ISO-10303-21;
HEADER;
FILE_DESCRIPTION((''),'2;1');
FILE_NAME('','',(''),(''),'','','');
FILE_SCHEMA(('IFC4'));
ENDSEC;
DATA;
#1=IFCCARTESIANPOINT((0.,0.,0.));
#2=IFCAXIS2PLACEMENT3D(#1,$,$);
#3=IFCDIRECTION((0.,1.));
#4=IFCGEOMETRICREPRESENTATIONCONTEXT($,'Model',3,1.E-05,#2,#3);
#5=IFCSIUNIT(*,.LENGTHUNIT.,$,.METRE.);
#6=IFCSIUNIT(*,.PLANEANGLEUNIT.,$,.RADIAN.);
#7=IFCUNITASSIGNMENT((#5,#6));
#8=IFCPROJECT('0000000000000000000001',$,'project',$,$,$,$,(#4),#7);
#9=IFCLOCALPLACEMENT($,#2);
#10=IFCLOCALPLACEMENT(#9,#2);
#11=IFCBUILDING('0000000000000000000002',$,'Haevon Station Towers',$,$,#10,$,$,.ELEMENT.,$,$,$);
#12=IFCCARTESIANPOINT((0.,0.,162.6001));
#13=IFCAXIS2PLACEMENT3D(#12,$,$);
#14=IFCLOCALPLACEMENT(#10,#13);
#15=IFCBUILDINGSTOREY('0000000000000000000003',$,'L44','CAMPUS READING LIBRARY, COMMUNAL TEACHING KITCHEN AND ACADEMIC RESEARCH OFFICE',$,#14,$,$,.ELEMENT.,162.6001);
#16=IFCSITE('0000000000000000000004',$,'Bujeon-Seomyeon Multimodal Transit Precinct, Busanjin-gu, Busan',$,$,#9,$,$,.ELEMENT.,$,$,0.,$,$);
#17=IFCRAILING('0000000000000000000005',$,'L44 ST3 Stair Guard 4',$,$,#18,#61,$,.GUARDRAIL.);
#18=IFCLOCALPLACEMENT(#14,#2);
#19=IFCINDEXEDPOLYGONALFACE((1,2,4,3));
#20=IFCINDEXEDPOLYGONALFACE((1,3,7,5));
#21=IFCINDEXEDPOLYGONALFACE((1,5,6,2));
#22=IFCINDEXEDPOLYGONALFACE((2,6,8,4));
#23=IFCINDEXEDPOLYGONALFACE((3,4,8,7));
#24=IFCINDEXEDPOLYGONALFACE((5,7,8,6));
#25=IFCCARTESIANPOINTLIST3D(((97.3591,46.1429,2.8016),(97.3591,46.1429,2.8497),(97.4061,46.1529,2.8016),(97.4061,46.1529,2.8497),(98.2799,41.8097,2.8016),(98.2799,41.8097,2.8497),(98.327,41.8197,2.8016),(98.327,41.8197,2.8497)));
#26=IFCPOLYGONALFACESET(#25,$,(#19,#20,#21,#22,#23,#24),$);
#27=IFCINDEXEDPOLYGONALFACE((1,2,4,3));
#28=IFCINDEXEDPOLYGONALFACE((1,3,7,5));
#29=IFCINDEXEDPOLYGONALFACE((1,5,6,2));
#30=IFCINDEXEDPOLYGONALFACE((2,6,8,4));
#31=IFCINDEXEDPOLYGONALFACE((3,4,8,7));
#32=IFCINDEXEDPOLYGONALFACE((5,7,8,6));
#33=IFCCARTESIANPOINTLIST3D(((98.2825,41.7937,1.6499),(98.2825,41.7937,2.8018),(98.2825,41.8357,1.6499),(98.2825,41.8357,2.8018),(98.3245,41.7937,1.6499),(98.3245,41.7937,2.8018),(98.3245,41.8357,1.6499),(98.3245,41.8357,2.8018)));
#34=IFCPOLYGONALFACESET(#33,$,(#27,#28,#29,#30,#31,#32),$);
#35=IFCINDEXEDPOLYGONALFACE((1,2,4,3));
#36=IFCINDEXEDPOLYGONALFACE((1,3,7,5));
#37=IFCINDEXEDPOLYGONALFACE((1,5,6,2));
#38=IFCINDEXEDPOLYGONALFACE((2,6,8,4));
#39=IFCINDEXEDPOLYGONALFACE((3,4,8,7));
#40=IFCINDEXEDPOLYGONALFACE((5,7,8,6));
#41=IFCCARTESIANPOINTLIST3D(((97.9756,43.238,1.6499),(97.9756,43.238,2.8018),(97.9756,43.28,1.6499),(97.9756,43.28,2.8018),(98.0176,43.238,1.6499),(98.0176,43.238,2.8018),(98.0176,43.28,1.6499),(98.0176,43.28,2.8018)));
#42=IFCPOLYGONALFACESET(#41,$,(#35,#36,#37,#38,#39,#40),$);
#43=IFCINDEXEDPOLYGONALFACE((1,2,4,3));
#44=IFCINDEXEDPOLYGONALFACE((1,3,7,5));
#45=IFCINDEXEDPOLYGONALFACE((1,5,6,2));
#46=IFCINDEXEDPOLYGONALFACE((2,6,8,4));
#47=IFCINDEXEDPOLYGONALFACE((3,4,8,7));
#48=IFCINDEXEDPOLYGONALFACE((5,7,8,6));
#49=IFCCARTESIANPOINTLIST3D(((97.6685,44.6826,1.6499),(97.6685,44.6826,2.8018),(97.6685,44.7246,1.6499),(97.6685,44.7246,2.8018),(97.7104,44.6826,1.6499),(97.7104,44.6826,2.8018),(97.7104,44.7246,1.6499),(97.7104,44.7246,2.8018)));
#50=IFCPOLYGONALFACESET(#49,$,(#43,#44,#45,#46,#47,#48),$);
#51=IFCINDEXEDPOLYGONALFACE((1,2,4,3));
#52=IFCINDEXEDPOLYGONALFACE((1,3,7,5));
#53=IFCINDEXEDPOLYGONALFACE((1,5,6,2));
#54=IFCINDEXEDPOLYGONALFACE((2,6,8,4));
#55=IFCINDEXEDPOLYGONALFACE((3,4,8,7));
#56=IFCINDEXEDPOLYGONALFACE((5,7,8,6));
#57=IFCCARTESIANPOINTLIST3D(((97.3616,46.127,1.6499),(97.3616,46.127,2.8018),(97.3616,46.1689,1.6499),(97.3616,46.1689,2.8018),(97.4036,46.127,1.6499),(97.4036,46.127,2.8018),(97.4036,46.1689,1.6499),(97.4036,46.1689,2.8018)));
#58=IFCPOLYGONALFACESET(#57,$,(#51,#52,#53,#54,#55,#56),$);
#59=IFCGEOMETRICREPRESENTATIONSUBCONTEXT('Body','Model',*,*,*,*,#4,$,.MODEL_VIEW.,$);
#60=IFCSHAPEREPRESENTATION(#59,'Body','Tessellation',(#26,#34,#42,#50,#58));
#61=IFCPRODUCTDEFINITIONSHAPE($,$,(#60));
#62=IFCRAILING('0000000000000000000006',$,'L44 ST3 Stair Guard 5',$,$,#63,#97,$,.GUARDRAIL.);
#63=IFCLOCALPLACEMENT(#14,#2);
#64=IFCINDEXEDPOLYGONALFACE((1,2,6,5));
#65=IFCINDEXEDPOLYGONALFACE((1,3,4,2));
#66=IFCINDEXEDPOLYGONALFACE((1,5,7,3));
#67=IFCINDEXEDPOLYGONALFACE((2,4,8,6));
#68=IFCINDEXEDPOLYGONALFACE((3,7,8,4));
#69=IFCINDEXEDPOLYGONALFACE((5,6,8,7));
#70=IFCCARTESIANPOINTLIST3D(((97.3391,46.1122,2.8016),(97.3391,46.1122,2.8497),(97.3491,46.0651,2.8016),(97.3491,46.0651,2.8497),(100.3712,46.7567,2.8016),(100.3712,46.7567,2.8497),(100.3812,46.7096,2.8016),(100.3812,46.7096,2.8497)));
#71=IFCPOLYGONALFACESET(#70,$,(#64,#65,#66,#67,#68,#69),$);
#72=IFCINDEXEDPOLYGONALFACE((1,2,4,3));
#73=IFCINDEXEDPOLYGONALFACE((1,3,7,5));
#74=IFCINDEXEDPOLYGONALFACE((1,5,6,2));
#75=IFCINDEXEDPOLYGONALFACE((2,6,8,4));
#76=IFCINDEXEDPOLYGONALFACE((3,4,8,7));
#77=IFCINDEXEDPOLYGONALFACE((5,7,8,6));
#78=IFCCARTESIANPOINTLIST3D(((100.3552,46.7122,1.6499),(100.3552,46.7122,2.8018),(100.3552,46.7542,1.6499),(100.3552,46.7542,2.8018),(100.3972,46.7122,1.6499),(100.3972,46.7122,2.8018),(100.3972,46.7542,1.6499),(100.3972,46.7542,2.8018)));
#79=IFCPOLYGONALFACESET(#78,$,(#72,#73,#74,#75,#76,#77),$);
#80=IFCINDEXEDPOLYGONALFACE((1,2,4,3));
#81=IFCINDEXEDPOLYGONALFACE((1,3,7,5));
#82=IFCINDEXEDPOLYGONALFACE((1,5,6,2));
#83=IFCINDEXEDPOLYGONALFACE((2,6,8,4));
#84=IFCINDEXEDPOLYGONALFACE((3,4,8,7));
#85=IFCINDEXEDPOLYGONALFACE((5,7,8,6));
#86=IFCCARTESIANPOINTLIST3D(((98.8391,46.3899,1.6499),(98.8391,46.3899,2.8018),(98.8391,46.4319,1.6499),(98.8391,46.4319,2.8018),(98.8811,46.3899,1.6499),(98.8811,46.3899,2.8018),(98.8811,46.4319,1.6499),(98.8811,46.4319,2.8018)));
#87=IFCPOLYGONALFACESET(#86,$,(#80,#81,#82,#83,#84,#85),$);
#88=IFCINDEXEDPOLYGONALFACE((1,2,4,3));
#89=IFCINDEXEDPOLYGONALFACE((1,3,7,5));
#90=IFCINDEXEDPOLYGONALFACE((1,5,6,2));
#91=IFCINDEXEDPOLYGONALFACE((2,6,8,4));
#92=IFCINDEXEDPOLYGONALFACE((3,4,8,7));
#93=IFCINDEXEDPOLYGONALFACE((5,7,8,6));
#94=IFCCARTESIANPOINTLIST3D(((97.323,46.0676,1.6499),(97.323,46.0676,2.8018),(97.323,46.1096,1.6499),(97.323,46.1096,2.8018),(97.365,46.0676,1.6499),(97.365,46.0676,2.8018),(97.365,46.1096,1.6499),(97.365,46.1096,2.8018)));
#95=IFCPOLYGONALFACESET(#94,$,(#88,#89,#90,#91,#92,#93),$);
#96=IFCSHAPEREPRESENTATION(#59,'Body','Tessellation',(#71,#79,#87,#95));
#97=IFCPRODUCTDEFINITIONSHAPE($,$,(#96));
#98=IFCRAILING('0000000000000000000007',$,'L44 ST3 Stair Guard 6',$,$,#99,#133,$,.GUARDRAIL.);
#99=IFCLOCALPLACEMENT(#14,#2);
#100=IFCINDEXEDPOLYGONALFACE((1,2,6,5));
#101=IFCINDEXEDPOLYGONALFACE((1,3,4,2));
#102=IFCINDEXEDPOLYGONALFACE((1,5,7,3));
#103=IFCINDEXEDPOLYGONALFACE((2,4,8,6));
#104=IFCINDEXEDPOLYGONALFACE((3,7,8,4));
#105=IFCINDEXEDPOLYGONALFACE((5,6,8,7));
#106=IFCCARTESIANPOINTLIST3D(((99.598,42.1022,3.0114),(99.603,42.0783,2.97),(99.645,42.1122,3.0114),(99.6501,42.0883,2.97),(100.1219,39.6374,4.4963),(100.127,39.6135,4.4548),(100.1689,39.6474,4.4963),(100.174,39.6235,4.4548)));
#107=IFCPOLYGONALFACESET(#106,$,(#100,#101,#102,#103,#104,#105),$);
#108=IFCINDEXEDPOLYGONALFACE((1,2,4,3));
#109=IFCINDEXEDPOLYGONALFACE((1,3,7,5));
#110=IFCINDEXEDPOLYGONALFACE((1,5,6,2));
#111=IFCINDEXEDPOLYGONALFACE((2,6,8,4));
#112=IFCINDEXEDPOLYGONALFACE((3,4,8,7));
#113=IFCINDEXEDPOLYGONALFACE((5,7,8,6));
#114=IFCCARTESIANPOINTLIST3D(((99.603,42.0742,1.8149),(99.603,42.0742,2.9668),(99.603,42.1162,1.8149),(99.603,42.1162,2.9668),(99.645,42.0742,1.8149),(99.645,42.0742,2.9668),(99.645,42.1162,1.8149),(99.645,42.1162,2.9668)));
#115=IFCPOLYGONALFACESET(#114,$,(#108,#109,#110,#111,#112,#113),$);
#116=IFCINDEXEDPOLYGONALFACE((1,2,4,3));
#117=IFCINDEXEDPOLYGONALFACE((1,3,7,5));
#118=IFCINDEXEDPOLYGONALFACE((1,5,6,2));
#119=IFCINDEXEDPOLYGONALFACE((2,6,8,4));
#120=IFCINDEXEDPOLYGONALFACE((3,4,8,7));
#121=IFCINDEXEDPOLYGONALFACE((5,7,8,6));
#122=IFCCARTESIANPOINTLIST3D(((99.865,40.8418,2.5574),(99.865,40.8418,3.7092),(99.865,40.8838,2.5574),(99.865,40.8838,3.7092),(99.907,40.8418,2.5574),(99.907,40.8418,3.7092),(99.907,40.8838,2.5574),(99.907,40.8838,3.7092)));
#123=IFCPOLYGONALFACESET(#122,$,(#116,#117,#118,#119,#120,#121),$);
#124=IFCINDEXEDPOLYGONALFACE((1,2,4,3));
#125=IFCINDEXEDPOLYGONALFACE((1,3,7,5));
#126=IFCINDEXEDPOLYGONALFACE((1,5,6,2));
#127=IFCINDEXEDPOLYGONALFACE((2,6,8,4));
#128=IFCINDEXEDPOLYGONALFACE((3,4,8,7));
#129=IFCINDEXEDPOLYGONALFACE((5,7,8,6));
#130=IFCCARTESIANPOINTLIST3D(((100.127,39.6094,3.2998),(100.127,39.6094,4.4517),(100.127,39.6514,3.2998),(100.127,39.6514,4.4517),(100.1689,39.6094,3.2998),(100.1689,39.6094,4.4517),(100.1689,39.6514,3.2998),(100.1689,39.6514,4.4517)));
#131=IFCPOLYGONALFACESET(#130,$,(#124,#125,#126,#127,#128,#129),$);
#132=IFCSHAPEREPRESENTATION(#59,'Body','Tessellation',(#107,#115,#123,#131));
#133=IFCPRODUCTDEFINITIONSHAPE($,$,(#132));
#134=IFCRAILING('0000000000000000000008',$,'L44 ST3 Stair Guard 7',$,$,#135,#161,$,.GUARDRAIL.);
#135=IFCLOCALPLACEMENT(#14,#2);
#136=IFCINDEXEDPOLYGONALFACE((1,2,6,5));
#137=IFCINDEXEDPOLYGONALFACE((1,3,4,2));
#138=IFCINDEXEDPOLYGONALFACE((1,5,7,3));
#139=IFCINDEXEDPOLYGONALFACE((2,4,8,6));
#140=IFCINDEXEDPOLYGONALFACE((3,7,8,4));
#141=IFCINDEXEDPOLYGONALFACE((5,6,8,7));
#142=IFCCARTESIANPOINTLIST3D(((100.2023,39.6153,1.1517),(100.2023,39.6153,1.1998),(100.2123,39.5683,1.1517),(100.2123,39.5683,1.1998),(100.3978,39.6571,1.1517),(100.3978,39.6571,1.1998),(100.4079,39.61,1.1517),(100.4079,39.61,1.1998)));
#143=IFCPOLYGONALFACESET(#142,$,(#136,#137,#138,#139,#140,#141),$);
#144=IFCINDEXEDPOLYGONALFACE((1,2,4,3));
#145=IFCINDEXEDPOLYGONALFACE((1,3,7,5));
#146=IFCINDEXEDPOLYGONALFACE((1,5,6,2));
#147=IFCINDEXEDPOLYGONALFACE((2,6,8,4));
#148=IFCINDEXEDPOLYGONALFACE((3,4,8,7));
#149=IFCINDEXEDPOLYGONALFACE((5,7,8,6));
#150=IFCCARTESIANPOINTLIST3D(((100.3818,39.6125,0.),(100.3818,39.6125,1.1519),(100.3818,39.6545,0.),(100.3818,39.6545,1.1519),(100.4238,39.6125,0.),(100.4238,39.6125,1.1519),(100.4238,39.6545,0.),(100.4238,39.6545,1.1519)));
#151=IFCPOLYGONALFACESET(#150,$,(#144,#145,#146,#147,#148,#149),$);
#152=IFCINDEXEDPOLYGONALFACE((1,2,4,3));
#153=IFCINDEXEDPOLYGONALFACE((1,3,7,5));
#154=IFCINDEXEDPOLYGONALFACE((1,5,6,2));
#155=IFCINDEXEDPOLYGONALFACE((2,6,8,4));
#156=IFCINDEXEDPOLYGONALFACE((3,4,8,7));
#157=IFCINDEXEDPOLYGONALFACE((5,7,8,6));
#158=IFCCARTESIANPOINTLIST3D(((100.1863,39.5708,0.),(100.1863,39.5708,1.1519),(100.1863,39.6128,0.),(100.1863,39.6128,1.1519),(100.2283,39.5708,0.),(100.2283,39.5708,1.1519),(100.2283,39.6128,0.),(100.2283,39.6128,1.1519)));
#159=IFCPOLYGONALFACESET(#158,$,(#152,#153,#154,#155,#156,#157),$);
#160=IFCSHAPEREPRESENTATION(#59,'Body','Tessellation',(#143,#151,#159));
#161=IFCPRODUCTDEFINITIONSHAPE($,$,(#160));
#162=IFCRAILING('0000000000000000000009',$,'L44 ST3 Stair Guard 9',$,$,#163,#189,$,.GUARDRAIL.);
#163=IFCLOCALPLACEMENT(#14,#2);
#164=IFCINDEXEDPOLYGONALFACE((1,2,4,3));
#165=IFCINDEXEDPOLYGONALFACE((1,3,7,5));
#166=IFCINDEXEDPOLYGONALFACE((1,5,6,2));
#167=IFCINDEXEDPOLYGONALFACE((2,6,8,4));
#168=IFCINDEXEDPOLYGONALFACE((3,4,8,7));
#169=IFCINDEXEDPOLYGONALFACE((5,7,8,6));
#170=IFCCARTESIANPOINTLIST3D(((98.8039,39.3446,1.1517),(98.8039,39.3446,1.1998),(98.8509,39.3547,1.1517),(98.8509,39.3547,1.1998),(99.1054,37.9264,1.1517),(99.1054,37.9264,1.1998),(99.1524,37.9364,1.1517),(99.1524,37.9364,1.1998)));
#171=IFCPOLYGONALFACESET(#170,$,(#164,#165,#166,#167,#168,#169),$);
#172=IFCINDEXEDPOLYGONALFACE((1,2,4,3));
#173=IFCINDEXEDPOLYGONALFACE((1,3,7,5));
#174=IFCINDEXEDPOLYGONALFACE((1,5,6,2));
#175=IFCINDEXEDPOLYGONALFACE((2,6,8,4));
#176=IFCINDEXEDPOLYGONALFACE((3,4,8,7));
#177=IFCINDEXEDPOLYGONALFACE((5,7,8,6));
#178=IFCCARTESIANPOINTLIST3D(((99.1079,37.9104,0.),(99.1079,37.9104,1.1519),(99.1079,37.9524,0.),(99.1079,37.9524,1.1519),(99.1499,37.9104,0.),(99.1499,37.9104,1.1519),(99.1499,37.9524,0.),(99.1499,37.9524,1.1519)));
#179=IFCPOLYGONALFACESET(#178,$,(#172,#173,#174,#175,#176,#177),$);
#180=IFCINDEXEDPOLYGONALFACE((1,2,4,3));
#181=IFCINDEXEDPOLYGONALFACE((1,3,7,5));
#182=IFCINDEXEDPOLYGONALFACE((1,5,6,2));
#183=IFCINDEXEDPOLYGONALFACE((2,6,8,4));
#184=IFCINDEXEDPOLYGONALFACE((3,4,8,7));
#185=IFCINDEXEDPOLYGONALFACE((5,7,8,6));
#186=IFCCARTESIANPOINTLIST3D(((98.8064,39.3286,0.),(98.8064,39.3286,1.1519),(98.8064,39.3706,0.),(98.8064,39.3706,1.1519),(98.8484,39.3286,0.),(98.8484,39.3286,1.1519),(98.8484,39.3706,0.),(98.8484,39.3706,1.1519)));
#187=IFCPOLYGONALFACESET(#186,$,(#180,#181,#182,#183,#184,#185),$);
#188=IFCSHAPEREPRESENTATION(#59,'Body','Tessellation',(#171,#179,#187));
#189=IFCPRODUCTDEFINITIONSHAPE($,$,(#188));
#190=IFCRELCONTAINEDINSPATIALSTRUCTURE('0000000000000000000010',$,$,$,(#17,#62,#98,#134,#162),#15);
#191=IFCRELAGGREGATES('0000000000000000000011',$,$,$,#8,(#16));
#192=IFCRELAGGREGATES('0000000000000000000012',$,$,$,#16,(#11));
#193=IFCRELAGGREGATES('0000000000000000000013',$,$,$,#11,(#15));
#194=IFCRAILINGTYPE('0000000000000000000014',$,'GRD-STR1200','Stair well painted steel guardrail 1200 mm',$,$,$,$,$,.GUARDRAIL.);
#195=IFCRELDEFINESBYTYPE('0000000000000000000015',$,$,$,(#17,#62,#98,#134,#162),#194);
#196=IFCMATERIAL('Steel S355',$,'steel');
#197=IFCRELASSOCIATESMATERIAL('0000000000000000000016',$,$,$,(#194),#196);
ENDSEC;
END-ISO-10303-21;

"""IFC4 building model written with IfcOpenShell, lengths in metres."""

from ifc_helpers import new_model, si_unit, direction, frame, origin, origin_2d, place, context, subcontext, project, spatial, rectangle, extrude, material, type_object, element, save


model = new_model("IFC4")

# Units and contexts
model_context = context("Model", 3, precision=1e-05, world=origin(), true_north=direction((0.0, 1.0)))
body_context = subcontext(model_context, "Body", "Model", "MODEL_VIEW")
ifc_project = project(units=[si_unit("LENGTHUNIT", "METRE"), si_unit("PLANEANGLEUNIT", "RADIAN")], contexts=[model_context])

# Site, building, storey
site_placement = place(None, origin())
site = spatial("IfcSite", under=ifc_project, at=site_placement, Name="Bujeon-Seomyeon Multimodal Transit Precinct, Busanjin-gu, Busan", CompositionType="ELEMENT", RefElevation=0.0)
building_placement = place(site_placement, origin())
building = spatial("IfcBuilding", under=site, at=building_placement, Name="Haevon Station Towers", CompositionType="ELEMENT")
storey_placement = place(building_placement, frame((0.0, 0.0, 162.6001)))
storey = spatial("IfcBuildingStorey", under=building, at=storey_placement, Name="L44", Description="CAMPUS READING LIBRARY, COMMUNAL TEACHING KITCHEN AND ACADEMIC RESEARCH OFFICE", CompositionType="ELEMENT", Elevation=162.6001)

# Shared definitions
ifc_material_1 = material(Name="Steel S355", Category="steel")

# Railings
railing_type_1 = type_object("IfcRailingType", Name="GRD-STR1200", Description="Stair well painted steel guardrail 1200 mm", PredefinedType="GUARDRAIL", material=ifc_material_1)
railing_1_placement = place(storey_placement, frame((98.3035, 41.8147, 1.6499)))
element("IfcRailing", 1, at=railing_1_placement, inside=storey, type_object=railing_type_1, Name="L44 ST3 Stair Guard 4", PredefinedType="GUARDRAIL", context=body_context, shape_type="SweptSolid", body=[
    extrude(rectangle(XDim=0.0481, YDim=0.0481, at=origin_2d()), frame((0.0, 0.0, 1.1758), z_axis=(-0.207877, 0.978155, 0.0), x_axis=(-0.978155, -0.207877, 0.0)), (0.0, 0.0, 1.0), 4.4299),
    extrude(rectangle(XDim=0.042, YDim=0.042, at=origin_2d()), origin(), (0.0, 0.0, 1.0), 1.1519),
    extrude(rectangle(XDim=0.042, YDim=0.042, at=origin_2d()), frame((-0.3069, 1.4443, 0.0)), (0.0, 0.0, 1.0), 1.1519),
    extrude(rectangle(XDim=0.042, YDim=0.042, at=origin_2d()), frame((-0.614, 2.8889, 0.0)), (0.0, 0.0, 1.0), 1.1519),
    extrude(rectangle(XDim=0.042, YDim=0.042, at=origin_2d()), frame((-0.9209, 4.3333, 0.0)), (0.0, 0.0, 1.0), 1.1519),
])
railing_2_placement = place(storey_placement, frame((100.3762, 46.7332, 1.6499)))
element("IfcRailing", 2, at=railing_2_placement, inside=storey, type_object=railing_type_1, Name="L44 ST3 Stair Guard 5", PredefinedType="GUARDRAIL", context=body_context, shape_type="SweptSolid", body=[
    extrude(rectangle(XDim=0.0481, YDim=0.0481, at=origin_2d()), frame((0.0, 0.0, 1.1758), z_axis=(-0.978147, -0.207915, 0.0), x_axis=(0.207915, -0.978147, 0.0)), (0.0, 0.0, 1.0), 3.0999),
    extrude(rectangle(XDim=0.042, YDim=0.042, at=origin_2d()), origin(), (0.0, 0.0, 1.0), 1.1519),
    extrude(rectangle(XDim=0.042, YDim=0.042, at=origin_2d()), frame((-1.5161, -0.3223, 0.0)), (0.0, 0.0, 1.0), 1.1519),
    extrude(rectangle(XDim=0.042, YDim=0.042, at=origin_2d()), frame((-3.0322, -0.6445, 0.0)), (0.0, 0.0, 1.0), 1.1519),
])
railing_3_placement = place(storey_placement, frame((99.624, 42.0952, 1.8149)))
element("IfcRailing", 3, at=railing_3_placement, inside=storey, type_object=railing_type_1, Name="L44 ST3 Stair Guard 6", PredefinedType="GUARDRAIL", context=body_context, shape_type="SweptSolid", body=[
    extrude(rectangle(XDim=0.0481, YDim=0.0481, at=origin_2d()), frame((0.0, 0.0, 1.1758), z_axis=(0.179129, -0.842724, 0.507671), x_axis=(0.978147, 0.207914, 0.0)), (0.0, 0.0, 1.0), 2.9248),
    extrude(rectangle(XDim=0.042, YDim=0.042, at=origin_2d()), origin(), (0.0, 0.0, 1.0), 1.1519),
    extrude(rectangle(XDim=0.042, YDim=0.042, at=origin_2d()), frame((0.262, -1.2324, 0.7424)), (0.0, 0.0, 1.0), 1.1519),
    extrude(rectangle(XDim=0.042, YDim=0.042, at=origin_2d()), frame((0.5239, -2.4648, 1.4849)), (0.0, 0.0, 1.0), 1.1519),
])
railing_4_placement = place(storey_placement, frame((100.4028, 39.6335, 0.0)))
element("IfcRailing", 4, at=railing_4_placement, inside=storey, type_object=railing_type_1, Name="L44 ST3 Stair Guard 7", PredefinedType="GUARDRAIL", context=body_context, shape_type="SweptSolid", body=[
    extrude(rectangle(XDim=0.0481, YDim=0.0481, at=origin_2d()), frame((0.0, 0.0, 1.1758), z_axis=(-0.977963, -0.208779, 0.0), x_axis=(0.208779, -0.977963, 0.0)), (0.0, 0.0, 1.0), 0.2),
    extrude(rectangle(XDim=0.042, YDim=0.042, at=origin_2d()), origin(), (0.0, 0.0, 1.0), 1.1519),
    extrude(rectangle(XDim=0.042, YDim=0.042, at=origin_2d()), frame((-0.1956, -0.0417, 0.0)), (0.0, 0.0, 1.0), 1.1519),
])
railing_5_placement = place(storey_placement, frame((99.1289, 37.9314, 0.0)))
element("IfcRailing", 5, at=railing_5_placement, inside=storey, type_object=railing_type_1, Name="L44 ST3 Stair Guard 9", PredefinedType="GUARDRAIL", context=body_context, shape_type="SweptSolid", body=[
    extrude(rectangle(XDim=0.0481, YDim=0.0481, at=origin_2d()), frame((0.0, 0.0, 1.1758), z_axis=(-0.207953, 0.978139, 0.0), x_axis=(-0.978139, -0.207953, 0.0)), (0.0, 0.0, 1.0), 1.45),
    extrude(rectangle(XDim=0.042, YDim=0.042, at=origin_2d()), origin(), (0.0, 0.0, 1.0), 1.1519),
    extrude(rectangle(XDim=0.042, YDim=0.042, at=origin_2d()), frame((-0.3015, 1.4182, 0.0)), (0.0, 0.0, 1.0), 1.1519),
])

save(model, "model.ifc")
